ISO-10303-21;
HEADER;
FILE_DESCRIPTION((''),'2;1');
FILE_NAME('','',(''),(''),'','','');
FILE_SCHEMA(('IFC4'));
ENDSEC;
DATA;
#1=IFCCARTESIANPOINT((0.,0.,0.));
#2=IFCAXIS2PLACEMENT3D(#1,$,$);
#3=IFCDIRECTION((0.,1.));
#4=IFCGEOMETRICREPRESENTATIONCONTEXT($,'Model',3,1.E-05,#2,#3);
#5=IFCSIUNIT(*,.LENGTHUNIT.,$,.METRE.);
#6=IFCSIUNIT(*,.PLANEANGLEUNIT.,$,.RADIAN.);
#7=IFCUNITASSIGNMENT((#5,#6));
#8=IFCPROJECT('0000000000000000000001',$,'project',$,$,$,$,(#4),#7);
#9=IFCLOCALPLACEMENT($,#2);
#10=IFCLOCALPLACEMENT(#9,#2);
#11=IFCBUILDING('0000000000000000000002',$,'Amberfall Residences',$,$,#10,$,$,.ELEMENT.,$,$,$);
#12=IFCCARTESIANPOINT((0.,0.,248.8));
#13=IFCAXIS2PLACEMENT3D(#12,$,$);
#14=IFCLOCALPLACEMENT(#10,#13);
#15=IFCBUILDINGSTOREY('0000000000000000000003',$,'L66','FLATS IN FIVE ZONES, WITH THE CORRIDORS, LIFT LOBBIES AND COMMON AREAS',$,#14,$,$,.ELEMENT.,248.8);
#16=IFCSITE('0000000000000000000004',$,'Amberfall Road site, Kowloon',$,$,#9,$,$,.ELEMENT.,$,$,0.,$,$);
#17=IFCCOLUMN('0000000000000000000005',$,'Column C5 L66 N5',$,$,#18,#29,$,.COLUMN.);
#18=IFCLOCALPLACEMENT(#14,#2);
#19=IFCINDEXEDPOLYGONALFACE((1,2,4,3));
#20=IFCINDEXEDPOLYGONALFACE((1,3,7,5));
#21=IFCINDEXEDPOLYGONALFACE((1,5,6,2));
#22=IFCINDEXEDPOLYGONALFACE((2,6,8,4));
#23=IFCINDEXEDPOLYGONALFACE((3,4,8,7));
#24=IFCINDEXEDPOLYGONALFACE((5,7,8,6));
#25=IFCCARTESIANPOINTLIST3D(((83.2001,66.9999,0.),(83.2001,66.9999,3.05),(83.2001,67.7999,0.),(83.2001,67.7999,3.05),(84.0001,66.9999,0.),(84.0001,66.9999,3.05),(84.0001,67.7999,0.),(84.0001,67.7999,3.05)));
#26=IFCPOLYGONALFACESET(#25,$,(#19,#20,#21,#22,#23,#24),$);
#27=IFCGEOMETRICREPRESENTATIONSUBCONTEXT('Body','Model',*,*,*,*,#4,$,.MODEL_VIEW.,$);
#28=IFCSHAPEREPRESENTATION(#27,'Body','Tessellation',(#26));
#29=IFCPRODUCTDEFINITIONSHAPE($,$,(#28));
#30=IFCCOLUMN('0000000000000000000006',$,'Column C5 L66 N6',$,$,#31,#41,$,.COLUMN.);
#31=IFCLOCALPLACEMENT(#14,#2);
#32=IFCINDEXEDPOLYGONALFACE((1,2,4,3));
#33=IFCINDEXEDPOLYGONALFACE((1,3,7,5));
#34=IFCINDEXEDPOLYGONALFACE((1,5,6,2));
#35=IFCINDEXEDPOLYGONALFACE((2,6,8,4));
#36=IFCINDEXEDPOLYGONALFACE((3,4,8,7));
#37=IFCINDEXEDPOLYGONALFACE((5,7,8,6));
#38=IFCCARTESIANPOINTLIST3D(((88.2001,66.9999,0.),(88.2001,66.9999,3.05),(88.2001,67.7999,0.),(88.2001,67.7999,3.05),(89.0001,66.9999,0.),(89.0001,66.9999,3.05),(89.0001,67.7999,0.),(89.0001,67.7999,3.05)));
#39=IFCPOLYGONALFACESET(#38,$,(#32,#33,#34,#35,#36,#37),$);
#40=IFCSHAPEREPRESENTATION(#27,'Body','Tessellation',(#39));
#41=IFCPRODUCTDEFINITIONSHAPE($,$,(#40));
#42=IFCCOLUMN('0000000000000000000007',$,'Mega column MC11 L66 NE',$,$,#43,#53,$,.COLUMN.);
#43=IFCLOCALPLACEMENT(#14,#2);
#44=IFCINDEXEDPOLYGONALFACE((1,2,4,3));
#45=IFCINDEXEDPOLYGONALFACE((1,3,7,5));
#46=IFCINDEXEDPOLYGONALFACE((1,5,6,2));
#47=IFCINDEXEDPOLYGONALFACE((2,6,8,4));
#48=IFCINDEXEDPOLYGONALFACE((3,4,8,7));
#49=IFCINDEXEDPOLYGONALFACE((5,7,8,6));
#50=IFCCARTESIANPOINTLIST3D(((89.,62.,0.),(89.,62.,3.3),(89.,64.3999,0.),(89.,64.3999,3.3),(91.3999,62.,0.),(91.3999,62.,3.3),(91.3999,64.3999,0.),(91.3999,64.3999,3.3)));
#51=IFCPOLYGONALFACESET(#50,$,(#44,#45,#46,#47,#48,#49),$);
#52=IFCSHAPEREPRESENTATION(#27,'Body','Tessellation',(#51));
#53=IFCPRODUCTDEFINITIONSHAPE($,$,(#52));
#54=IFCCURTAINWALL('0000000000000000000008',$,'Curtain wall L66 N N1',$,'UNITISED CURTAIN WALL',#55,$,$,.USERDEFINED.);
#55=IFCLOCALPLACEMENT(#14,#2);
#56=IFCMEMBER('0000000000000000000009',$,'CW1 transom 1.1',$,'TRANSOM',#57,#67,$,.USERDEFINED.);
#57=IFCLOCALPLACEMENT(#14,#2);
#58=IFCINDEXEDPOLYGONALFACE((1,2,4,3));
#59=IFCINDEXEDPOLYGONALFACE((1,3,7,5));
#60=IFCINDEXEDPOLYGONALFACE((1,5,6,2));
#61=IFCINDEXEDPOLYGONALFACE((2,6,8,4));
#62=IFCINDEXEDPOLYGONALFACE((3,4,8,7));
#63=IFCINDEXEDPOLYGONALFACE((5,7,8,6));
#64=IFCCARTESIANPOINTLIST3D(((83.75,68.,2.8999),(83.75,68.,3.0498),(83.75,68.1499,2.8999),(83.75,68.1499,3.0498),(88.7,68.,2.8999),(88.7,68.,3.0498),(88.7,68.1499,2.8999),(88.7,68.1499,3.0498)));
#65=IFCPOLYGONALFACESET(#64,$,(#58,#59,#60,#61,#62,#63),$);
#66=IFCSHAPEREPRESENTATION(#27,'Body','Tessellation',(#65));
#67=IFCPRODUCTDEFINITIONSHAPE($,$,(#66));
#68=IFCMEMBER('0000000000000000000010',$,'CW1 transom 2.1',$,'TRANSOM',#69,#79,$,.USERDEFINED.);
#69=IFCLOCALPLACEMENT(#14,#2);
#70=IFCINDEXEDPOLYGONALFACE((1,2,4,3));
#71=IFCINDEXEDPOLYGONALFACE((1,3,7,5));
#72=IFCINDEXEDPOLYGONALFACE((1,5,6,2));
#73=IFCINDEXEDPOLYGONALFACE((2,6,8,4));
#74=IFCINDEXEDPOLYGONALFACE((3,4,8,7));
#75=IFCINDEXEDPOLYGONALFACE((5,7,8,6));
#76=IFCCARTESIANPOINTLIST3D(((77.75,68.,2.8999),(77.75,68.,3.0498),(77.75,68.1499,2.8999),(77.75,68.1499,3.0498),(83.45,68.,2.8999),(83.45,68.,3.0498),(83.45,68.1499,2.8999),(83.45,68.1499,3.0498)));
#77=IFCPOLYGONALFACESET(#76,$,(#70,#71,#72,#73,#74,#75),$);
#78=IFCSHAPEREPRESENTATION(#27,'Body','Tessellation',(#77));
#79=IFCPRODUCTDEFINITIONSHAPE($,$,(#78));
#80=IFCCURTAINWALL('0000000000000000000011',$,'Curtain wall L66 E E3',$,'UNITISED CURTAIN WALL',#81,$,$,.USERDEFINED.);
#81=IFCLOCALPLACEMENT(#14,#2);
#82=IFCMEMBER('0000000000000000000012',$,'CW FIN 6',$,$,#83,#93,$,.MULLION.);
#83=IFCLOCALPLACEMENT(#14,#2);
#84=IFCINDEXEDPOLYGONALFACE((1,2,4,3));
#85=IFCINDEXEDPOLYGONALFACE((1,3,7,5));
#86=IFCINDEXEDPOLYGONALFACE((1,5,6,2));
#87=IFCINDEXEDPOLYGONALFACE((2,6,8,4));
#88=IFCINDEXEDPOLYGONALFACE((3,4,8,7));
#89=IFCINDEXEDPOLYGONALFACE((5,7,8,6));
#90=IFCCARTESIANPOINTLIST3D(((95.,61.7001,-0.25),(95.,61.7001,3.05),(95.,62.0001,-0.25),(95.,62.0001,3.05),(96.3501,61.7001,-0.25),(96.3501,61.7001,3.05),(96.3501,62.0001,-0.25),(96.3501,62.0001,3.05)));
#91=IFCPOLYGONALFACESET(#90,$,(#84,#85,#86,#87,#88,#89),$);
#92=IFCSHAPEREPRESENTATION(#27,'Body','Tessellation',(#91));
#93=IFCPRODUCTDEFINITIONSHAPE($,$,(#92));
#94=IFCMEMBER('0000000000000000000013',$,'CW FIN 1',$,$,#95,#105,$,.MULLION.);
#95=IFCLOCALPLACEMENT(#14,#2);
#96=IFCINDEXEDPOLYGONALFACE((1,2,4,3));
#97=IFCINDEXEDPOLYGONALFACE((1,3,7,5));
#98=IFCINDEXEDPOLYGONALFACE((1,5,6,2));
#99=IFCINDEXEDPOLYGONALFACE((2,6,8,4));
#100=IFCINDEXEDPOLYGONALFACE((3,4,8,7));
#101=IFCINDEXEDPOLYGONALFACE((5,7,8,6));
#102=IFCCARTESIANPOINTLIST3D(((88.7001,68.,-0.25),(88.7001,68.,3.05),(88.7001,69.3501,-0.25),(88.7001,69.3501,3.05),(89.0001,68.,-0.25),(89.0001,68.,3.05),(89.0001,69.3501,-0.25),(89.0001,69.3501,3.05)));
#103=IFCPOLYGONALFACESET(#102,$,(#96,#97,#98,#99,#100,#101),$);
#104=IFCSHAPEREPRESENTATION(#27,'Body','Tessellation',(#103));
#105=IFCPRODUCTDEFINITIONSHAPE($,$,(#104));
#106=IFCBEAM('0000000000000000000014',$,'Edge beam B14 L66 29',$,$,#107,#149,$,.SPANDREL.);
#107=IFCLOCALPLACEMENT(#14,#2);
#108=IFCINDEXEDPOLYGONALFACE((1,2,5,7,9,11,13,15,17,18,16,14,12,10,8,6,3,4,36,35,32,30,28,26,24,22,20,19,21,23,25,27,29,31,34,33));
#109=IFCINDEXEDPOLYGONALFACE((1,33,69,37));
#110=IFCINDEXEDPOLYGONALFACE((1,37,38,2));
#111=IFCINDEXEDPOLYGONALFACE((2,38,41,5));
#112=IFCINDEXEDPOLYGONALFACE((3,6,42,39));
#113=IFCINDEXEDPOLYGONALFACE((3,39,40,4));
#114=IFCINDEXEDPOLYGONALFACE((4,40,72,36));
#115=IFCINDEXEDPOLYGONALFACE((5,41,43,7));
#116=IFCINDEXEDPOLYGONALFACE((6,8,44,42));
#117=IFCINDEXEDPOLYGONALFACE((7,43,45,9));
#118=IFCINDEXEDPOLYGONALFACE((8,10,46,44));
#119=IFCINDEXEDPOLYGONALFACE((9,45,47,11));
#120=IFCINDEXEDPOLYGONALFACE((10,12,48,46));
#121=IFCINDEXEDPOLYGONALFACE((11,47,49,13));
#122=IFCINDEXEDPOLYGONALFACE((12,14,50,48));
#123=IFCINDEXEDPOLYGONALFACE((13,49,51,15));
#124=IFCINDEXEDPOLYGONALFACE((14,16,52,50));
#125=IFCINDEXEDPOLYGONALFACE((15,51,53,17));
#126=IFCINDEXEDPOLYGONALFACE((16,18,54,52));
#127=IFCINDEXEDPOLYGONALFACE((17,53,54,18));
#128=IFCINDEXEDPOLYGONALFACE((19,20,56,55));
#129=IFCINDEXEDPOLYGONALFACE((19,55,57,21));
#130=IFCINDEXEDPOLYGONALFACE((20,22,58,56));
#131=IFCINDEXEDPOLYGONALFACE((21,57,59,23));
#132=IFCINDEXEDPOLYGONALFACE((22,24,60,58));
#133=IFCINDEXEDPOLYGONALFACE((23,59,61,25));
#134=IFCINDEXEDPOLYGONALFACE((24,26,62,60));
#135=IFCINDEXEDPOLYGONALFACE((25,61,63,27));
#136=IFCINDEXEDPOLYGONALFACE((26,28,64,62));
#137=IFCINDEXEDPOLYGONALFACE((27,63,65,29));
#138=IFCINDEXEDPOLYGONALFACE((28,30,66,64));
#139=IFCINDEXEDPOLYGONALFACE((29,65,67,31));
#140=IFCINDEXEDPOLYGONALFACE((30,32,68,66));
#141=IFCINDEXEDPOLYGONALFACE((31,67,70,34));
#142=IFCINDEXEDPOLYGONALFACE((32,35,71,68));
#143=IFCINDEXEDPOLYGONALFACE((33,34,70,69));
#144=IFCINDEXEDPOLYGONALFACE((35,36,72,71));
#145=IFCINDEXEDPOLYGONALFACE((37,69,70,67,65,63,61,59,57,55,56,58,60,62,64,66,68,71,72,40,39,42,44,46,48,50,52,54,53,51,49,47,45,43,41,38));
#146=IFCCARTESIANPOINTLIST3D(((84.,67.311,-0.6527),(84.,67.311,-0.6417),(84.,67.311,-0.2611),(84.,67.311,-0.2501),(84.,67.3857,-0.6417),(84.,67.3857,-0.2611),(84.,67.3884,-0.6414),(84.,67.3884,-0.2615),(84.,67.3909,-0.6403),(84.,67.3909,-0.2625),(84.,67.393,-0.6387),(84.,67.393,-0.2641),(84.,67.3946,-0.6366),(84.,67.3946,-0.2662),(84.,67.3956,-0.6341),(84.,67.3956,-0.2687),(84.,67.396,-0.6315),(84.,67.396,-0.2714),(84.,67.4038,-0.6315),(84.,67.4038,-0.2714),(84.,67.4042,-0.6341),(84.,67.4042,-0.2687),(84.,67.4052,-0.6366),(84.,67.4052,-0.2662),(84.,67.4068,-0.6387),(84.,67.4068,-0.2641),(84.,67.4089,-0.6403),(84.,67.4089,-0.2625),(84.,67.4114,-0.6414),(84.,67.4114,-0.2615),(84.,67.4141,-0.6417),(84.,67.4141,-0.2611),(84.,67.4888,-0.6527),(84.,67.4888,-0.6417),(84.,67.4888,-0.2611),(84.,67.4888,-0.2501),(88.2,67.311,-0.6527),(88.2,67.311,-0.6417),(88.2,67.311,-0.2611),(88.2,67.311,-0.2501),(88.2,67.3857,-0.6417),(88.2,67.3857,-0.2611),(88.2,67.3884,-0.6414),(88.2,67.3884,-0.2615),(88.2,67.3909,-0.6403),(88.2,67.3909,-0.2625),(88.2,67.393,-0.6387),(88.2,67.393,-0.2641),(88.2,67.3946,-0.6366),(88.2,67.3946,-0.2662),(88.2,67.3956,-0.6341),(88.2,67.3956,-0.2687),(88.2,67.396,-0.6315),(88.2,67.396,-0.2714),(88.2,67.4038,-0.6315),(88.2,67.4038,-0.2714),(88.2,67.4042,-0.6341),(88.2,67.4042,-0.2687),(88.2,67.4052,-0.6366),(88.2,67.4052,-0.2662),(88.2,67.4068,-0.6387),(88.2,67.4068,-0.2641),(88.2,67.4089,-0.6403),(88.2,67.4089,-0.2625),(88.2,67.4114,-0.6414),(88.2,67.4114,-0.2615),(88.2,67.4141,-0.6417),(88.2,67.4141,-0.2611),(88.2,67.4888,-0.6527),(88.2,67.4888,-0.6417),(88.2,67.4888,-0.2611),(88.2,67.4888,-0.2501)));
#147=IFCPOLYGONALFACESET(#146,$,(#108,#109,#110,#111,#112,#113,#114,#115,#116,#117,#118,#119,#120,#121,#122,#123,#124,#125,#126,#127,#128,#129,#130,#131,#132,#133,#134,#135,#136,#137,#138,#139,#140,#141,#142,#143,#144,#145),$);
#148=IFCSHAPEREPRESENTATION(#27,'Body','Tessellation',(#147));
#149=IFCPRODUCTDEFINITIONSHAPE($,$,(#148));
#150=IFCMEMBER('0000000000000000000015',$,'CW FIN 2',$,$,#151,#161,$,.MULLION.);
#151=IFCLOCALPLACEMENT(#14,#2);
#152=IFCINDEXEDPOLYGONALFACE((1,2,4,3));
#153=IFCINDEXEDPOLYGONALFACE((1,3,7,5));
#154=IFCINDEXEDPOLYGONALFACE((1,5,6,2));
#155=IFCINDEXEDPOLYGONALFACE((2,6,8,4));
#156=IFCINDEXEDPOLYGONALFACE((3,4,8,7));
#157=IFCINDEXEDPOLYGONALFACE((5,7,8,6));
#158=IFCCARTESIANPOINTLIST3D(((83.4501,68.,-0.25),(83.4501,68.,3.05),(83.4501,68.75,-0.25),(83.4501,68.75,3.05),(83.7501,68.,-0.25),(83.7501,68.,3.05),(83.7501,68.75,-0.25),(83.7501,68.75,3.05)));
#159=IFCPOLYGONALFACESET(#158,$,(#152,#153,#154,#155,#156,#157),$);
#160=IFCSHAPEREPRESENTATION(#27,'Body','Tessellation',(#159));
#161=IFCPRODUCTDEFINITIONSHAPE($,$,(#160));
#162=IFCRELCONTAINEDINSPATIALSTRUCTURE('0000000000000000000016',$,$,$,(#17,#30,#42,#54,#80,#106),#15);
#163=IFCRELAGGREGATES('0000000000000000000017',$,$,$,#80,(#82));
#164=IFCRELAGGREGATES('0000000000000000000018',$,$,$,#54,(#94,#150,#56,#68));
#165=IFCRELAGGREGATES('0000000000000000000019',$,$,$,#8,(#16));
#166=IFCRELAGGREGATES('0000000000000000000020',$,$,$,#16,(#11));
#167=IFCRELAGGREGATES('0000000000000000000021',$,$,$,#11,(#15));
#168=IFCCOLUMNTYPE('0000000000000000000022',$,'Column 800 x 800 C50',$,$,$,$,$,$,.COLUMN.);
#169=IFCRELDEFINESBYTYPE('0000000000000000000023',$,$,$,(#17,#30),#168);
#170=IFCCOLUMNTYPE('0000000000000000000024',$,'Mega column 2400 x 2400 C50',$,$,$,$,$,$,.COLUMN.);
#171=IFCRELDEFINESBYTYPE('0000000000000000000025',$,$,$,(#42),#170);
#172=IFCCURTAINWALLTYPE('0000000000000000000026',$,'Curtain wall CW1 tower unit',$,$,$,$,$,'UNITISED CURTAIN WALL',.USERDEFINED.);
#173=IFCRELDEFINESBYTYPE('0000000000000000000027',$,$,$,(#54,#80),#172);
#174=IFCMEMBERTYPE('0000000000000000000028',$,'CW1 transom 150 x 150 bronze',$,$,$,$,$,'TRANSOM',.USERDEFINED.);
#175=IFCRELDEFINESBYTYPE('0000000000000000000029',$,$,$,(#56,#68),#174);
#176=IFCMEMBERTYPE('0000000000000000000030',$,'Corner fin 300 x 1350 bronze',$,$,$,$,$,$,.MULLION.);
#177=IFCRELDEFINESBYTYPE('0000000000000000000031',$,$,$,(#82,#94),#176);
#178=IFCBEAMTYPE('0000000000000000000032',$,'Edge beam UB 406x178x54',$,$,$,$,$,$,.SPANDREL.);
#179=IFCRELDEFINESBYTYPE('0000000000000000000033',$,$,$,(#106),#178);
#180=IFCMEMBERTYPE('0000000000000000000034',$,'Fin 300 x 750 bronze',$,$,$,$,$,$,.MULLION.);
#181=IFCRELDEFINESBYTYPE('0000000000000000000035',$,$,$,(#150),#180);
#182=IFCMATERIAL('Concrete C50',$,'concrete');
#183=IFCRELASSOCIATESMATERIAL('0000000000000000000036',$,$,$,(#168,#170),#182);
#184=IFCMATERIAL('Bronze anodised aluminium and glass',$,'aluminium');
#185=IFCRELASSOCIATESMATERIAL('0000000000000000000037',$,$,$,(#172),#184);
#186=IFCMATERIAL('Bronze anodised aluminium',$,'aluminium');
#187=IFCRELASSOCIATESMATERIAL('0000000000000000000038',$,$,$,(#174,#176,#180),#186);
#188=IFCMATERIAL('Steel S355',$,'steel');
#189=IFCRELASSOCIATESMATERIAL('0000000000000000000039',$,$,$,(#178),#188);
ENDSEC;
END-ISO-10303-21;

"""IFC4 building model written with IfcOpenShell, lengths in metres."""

from ifc_helpers import new_model, si_unit, direction, frame, origin, origin_2d, place, context, subcontext, project, spatial, rectangle, i_section, extrude, material, material_profile, profile_set, type_object, element, aggregate, save


model = new_model("IFC4")

# Units and contexts
model_context = context("Model", 3, precision=1e-05, world=origin(), true_north=direction((0.0, 1.0)))
body_context = subcontext(model_context, "Body", "Model", "MODEL_VIEW")
ifc_project = project(units=[si_unit("LENGTHUNIT", "METRE"), si_unit("PLANEANGLEUNIT", "RADIAN")], contexts=[model_context])

# Site, building, storey
site_placement = place(None, origin())
site = spatial("IfcSite", under=ifc_project, at=site_placement, Name="Amberfall Road site, Kowloon", CompositionType="ELEMENT", RefElevation=0.0)
building_placement = place(site_placement, origin())
building = spatial("IfcBuilding", under=site, at=building_placement, Name="Amberfall Residences", CompositionType="ELEMENT")
storey_placement = place(building_placement, frame((0.0, 0.0, 248.8)))
storey = spatial("IfcBuildingStorey", under=building, at=storey_placement, Name="L66", Description="FLATS IN FIVE ZONES, WITH THE CORRIDORS, LIFT LOBBIES AND COMMON AREAS", CompositionType="ELEMENT", Elevation=248.8)

# Columns
ifc_material_1 = material(Name="Concrete C50", Category="concrete")
ifc_material_profile_1 = material_profile(ifc_material_1, rectangle(XDim=0.8, YDim=0.8, at=origin_2d()), Name="Column 800 x 800 C50")
ifc_profile_set_1 = profile_set([ifc_material_profile_1], Name="Concrete C50")
column_type_1 = type_object("IfcColumnType", Name="Column 800 x 800 C50", PredefinedType="COLUMN", material=ifc_profile_set_1)
for number, where, z_axis, x_axis, name in (
    (1, (83.6001, 67.3999, 0.0), (0.0, 0.0, 1.0), (1.0, 0.0, 0.0), "Column C5 L66 N5"),
    (2, (88.6001, 67.3999, 0.0), (0.0, 0.0, 1.0), (1.0, 0.0, 0.0), "Column C5 L66 N6"),
):
    element("IfcColumn", number, at=place(storey_placement, frame(where, z_axis=z_axis, x_axis=x_axis)), inside=storey, type_object=column_type_1, Name=name, PredefinedType="COLUMN", context=body_context, shape_type="SweptSolid", body=[
        extrude(rectangle(XDim=0.8, YDim=0.8, at=origin_2d()), origin(), (0.0, 0.0, 1.0), 3.05),
    ])
ifc_material_profile_2 = material_profile(ifc_material_1, rectangle(XDim=2.3999, YDim=2.3999, at=origin_2d()), Name="Mega column 2400 x 2400 C50")
ifc_profile_set_2 = profile_set([ifc_material_profile_2], Name="Concrete C50")
column_type_2 = type_object("IfcColumnType", Name="Mega column 2400 x 2400 C50", PredefinedType="COLUMN", material=ifc_profile_set_2)
column_placement = place(storey_placement, frame((90.2, 63.2, 0.0), z_axis=(0.0, 0.0, 1.0), x_axis=(1.0, 0.0, 0.0)))
element("IfcColumn", 3, at=column_placement, inside=storey, type_object=column_type_2, Name="Mega column MC11 L66 NE", PredefinedType="COLUMN", context=body_context, shape_type="SweptSolid", body=[
    extrude(rectangle(XDim=2.3999, YDim=2.3999, at=origin_2d()), origin(), (0.0, 0.0, 1.0), 3.3),
])

# Curtain wall, members
ifc_material_2 = material(Name="Bronze anodised aluminium and glass", Category="aluminium")
curtain_wall_type = type_object("IfcCurtainWallType", Name="Curtain wall CW1 tower unit", ElementType="UNITISED CURTAIN WALL", PredefinedType="USERDEFINED", material=ifc_material_2)
curtain_wall_1_placement = place(storey_placement, origin())
curtain_wall_1 = element("IfcCurtainWall", 4, at=curtain_wall_1_placement, inside=storey, type_object=curtain_wall_type, Name="Curtain wall L66 N N1", ObjectType="UNITISED CURTAIN WALL", PredefinedType="USERDEFINED")
ifc_material_3 = material(Name="Bronze anodised aluminium", Category="aluminium")
ifc_material_profile_3 = material_profile(ifc_material_3, rectangle(XDim=0.1499, YDim=0.1499, at=origin_2d()), Name="CW1 transom 150 x 150 bronze")
ifc_profile_set_3 = profile_set([ifc_material_profile_3], Name="Bronze anodised aluminium")
member_type_1 = type_object("IfcMemberType", Name="CW1 transom 150 x 150 bronze", ElementType="TRANSOM", PredefinedType="USERDEFINED", material=ifc_profile_set_3)
member_1_placement = place(storey_placement, frame((88.7, 68.075, 2.9749), z_axis=(-1.0, 0.0, 0.0), x_axis=(0.0, -1.0, 0.0)))
member_1 = element("IfcMember", 5, at=member_1_placement, type_object=member_type_1, Name="CW1 transom 1.1", ObjectType="TRANSOM", PredefinedType="USERDEFINED", context=body_context, shape_type="SweptSolid", body=[
    extrude(rectangle(XDim=0.1499, YDim=0.1499, at=origin_2d()), origin(), (0.0, 0.0, 1.0), 4.95),
])
member_2_placement = place(storey_placement, frame((83.45, 68.075, 2.9749), z_axis=(-1.0, 0.0, 0.0), x_axis=(0.0, -1.0, 0.0)))
member_2 = element("IfcMember", 6, at=member_2_placement, type_object=member_type_1, Name="CW1 transom 2.1", ObjectType="TRANSOM", PredefinedType="USERDEFINED", context=body_context, shape_type="SweptSolid", body=[
    extrude(rectangle(XDim=0.1499, YDim=0.1499, at=origin_2d()), origin(), (0.0, 0.0, 1.0), 5.7),
])

# Curtain wall, member
curtain_wall_2_placement = place(storey_placement, origin())
curtain_wall_2 = element("IfcCurtainWall", 7, at=curtain_wall_2_placement, inside=storey, type_object=curtain_wall_type, Name="Curtain wall L66 E E3", ObjectType="UNITISED CURTAIN WALL", PredefinedType="USERDEFINED")
ifc_material_profile_4 = material_profile(ifc_material_3, rectangle(XDim=1.3501, YDim=0.3, at=origin_2d()), Name="Corner fin 300 x 1350 bronze")
ifc_profile_set_4 = profile_set([ifc_material_profile_4], Name="Bronze anodised aluminium")
member_type_2 = type_object("IfcMemberType", Name="Corner fin 300 x 1350 bronze", PredefinedType="MULLION", material=ifc_profile_set_4)
member_3_placement = place(storey_placement, frame((95.675, 61.8501, -0.25), z_axis=(0.0, 0.0, 1.0), x_axis=(-1.0, 0.0, 0.0)))
member_3 = element("IfcMember", 8, at=member_3_placement, type_object=member_type_2, Name="CW FIN 6", PredefinedType="MULLION", context=body_context, shape_type="SweptSolid", body=[
    extrude(rectangle(XDim=1.3501, YDim=0.3, at=origin_2d()), origin(), (0.0, 0.0, 1.0), 3.3),
])

# Member
member_4_placement = place(storey_placement, frame((88.8501, 68.675, -0.25), z_axis=(0.0, 0.0, 1.0), x_axis=(0.0, -1.0, 0.0)))
member_4 = element("IfcMember", 9, at=member_4_placement, type_object=member_type_2, Name="CW FIN 1", PredefinedType="MULLION", context=body_context, shape_type="SweptSolid", body=[
    extrude(rectangle(XDim=1.3501, YDim=0.3, at=origin_2d()), origin(), (0.0, 0.0, 1.0), 3.3),
])

# Beam
ifc_material_4 = material(Name="Steel S355", Category="steel")
ifc_material_profile_5 = material_profile(ifc_material_4, i_section(OverallWidth=0.1777, OverallDepth=0.4026, WebThickness=0.0078, FlangeThickness=0.011, FilletRadius=0.0103, at=origin_2d()), Name="UB 406x178x54")
ifc_profile_set_5 = profile_set([ifc_material_profile_5], Name="Steel S355")
beam_type_1 = type_object("IfcBeamType", Name="Edge beam UB 406x178x54", PredefinedType="SPANDREL", material=ifc_profile_set_5)
beam_1_placement = place(storey_placement, frame((84.0, 67.3999, -0.4514), z_axis=(1.0, 0.0, 0.0), x_axis=(0.0, 1.0, 0.0)))
element("IfcBeam", 10, at=beam_1_placement, inside=storey, type_object=beam_type_1, Name="Edge beam B14 L66 29", PredefinedType="SPANDREL", context=body_context, shape_type="SweptSolid", body=[
    extrude(i_section(OverallWidth=0.1777, OverallDepth=0.4026, WebThickness=0.0078, FlangeThickness=0.011, FilletRadius=0.0103, at=origin_2d()), origin(), (0.0, 0.0, 1.0), 4.2),
])

# Member
ifc_material_profile_6 = material_profile(ifc_material_3, rectangle(XDim=0.75, YDim=0.3, at=origin_2d()), Name="Fin 300 x 750 bronze")
ifc_profile_set_6 = profile_set([ifc_material_profile_6], Name="Bronze anodised aluminium")
member_type_3 = type_object("IfcMemberType", Name="Fin 300 x 750 bronze", PredefinedType="MULLION", material=ifc_profile_set_6)
member_5_placement = place(storey_placement, frame((83.6001, 68.375, -0.25), z_axis=(0.0, 0.0, 1.0), x_axis=(0.0, -1.0, 0.0)))
member_5 = element("IfcMember", 11, at=member_5_placement, type_object=member_type_3, Name="CW FIN 2", PredefinedType="MULLION", context=body_context, shape_type="SweptSolid", body=[
    extrude(rectangle(XDim=0.75, YDim=0.3, at=origin_2d()), origin(), (0.0, 0.0, 1.0), 3.3),
])

aggregate(curtain_wall_2, [member_3])
aggregate(curtain_wall_1, [member_4, member_5, member_1, member_2])

save(model, "model.ifc")
